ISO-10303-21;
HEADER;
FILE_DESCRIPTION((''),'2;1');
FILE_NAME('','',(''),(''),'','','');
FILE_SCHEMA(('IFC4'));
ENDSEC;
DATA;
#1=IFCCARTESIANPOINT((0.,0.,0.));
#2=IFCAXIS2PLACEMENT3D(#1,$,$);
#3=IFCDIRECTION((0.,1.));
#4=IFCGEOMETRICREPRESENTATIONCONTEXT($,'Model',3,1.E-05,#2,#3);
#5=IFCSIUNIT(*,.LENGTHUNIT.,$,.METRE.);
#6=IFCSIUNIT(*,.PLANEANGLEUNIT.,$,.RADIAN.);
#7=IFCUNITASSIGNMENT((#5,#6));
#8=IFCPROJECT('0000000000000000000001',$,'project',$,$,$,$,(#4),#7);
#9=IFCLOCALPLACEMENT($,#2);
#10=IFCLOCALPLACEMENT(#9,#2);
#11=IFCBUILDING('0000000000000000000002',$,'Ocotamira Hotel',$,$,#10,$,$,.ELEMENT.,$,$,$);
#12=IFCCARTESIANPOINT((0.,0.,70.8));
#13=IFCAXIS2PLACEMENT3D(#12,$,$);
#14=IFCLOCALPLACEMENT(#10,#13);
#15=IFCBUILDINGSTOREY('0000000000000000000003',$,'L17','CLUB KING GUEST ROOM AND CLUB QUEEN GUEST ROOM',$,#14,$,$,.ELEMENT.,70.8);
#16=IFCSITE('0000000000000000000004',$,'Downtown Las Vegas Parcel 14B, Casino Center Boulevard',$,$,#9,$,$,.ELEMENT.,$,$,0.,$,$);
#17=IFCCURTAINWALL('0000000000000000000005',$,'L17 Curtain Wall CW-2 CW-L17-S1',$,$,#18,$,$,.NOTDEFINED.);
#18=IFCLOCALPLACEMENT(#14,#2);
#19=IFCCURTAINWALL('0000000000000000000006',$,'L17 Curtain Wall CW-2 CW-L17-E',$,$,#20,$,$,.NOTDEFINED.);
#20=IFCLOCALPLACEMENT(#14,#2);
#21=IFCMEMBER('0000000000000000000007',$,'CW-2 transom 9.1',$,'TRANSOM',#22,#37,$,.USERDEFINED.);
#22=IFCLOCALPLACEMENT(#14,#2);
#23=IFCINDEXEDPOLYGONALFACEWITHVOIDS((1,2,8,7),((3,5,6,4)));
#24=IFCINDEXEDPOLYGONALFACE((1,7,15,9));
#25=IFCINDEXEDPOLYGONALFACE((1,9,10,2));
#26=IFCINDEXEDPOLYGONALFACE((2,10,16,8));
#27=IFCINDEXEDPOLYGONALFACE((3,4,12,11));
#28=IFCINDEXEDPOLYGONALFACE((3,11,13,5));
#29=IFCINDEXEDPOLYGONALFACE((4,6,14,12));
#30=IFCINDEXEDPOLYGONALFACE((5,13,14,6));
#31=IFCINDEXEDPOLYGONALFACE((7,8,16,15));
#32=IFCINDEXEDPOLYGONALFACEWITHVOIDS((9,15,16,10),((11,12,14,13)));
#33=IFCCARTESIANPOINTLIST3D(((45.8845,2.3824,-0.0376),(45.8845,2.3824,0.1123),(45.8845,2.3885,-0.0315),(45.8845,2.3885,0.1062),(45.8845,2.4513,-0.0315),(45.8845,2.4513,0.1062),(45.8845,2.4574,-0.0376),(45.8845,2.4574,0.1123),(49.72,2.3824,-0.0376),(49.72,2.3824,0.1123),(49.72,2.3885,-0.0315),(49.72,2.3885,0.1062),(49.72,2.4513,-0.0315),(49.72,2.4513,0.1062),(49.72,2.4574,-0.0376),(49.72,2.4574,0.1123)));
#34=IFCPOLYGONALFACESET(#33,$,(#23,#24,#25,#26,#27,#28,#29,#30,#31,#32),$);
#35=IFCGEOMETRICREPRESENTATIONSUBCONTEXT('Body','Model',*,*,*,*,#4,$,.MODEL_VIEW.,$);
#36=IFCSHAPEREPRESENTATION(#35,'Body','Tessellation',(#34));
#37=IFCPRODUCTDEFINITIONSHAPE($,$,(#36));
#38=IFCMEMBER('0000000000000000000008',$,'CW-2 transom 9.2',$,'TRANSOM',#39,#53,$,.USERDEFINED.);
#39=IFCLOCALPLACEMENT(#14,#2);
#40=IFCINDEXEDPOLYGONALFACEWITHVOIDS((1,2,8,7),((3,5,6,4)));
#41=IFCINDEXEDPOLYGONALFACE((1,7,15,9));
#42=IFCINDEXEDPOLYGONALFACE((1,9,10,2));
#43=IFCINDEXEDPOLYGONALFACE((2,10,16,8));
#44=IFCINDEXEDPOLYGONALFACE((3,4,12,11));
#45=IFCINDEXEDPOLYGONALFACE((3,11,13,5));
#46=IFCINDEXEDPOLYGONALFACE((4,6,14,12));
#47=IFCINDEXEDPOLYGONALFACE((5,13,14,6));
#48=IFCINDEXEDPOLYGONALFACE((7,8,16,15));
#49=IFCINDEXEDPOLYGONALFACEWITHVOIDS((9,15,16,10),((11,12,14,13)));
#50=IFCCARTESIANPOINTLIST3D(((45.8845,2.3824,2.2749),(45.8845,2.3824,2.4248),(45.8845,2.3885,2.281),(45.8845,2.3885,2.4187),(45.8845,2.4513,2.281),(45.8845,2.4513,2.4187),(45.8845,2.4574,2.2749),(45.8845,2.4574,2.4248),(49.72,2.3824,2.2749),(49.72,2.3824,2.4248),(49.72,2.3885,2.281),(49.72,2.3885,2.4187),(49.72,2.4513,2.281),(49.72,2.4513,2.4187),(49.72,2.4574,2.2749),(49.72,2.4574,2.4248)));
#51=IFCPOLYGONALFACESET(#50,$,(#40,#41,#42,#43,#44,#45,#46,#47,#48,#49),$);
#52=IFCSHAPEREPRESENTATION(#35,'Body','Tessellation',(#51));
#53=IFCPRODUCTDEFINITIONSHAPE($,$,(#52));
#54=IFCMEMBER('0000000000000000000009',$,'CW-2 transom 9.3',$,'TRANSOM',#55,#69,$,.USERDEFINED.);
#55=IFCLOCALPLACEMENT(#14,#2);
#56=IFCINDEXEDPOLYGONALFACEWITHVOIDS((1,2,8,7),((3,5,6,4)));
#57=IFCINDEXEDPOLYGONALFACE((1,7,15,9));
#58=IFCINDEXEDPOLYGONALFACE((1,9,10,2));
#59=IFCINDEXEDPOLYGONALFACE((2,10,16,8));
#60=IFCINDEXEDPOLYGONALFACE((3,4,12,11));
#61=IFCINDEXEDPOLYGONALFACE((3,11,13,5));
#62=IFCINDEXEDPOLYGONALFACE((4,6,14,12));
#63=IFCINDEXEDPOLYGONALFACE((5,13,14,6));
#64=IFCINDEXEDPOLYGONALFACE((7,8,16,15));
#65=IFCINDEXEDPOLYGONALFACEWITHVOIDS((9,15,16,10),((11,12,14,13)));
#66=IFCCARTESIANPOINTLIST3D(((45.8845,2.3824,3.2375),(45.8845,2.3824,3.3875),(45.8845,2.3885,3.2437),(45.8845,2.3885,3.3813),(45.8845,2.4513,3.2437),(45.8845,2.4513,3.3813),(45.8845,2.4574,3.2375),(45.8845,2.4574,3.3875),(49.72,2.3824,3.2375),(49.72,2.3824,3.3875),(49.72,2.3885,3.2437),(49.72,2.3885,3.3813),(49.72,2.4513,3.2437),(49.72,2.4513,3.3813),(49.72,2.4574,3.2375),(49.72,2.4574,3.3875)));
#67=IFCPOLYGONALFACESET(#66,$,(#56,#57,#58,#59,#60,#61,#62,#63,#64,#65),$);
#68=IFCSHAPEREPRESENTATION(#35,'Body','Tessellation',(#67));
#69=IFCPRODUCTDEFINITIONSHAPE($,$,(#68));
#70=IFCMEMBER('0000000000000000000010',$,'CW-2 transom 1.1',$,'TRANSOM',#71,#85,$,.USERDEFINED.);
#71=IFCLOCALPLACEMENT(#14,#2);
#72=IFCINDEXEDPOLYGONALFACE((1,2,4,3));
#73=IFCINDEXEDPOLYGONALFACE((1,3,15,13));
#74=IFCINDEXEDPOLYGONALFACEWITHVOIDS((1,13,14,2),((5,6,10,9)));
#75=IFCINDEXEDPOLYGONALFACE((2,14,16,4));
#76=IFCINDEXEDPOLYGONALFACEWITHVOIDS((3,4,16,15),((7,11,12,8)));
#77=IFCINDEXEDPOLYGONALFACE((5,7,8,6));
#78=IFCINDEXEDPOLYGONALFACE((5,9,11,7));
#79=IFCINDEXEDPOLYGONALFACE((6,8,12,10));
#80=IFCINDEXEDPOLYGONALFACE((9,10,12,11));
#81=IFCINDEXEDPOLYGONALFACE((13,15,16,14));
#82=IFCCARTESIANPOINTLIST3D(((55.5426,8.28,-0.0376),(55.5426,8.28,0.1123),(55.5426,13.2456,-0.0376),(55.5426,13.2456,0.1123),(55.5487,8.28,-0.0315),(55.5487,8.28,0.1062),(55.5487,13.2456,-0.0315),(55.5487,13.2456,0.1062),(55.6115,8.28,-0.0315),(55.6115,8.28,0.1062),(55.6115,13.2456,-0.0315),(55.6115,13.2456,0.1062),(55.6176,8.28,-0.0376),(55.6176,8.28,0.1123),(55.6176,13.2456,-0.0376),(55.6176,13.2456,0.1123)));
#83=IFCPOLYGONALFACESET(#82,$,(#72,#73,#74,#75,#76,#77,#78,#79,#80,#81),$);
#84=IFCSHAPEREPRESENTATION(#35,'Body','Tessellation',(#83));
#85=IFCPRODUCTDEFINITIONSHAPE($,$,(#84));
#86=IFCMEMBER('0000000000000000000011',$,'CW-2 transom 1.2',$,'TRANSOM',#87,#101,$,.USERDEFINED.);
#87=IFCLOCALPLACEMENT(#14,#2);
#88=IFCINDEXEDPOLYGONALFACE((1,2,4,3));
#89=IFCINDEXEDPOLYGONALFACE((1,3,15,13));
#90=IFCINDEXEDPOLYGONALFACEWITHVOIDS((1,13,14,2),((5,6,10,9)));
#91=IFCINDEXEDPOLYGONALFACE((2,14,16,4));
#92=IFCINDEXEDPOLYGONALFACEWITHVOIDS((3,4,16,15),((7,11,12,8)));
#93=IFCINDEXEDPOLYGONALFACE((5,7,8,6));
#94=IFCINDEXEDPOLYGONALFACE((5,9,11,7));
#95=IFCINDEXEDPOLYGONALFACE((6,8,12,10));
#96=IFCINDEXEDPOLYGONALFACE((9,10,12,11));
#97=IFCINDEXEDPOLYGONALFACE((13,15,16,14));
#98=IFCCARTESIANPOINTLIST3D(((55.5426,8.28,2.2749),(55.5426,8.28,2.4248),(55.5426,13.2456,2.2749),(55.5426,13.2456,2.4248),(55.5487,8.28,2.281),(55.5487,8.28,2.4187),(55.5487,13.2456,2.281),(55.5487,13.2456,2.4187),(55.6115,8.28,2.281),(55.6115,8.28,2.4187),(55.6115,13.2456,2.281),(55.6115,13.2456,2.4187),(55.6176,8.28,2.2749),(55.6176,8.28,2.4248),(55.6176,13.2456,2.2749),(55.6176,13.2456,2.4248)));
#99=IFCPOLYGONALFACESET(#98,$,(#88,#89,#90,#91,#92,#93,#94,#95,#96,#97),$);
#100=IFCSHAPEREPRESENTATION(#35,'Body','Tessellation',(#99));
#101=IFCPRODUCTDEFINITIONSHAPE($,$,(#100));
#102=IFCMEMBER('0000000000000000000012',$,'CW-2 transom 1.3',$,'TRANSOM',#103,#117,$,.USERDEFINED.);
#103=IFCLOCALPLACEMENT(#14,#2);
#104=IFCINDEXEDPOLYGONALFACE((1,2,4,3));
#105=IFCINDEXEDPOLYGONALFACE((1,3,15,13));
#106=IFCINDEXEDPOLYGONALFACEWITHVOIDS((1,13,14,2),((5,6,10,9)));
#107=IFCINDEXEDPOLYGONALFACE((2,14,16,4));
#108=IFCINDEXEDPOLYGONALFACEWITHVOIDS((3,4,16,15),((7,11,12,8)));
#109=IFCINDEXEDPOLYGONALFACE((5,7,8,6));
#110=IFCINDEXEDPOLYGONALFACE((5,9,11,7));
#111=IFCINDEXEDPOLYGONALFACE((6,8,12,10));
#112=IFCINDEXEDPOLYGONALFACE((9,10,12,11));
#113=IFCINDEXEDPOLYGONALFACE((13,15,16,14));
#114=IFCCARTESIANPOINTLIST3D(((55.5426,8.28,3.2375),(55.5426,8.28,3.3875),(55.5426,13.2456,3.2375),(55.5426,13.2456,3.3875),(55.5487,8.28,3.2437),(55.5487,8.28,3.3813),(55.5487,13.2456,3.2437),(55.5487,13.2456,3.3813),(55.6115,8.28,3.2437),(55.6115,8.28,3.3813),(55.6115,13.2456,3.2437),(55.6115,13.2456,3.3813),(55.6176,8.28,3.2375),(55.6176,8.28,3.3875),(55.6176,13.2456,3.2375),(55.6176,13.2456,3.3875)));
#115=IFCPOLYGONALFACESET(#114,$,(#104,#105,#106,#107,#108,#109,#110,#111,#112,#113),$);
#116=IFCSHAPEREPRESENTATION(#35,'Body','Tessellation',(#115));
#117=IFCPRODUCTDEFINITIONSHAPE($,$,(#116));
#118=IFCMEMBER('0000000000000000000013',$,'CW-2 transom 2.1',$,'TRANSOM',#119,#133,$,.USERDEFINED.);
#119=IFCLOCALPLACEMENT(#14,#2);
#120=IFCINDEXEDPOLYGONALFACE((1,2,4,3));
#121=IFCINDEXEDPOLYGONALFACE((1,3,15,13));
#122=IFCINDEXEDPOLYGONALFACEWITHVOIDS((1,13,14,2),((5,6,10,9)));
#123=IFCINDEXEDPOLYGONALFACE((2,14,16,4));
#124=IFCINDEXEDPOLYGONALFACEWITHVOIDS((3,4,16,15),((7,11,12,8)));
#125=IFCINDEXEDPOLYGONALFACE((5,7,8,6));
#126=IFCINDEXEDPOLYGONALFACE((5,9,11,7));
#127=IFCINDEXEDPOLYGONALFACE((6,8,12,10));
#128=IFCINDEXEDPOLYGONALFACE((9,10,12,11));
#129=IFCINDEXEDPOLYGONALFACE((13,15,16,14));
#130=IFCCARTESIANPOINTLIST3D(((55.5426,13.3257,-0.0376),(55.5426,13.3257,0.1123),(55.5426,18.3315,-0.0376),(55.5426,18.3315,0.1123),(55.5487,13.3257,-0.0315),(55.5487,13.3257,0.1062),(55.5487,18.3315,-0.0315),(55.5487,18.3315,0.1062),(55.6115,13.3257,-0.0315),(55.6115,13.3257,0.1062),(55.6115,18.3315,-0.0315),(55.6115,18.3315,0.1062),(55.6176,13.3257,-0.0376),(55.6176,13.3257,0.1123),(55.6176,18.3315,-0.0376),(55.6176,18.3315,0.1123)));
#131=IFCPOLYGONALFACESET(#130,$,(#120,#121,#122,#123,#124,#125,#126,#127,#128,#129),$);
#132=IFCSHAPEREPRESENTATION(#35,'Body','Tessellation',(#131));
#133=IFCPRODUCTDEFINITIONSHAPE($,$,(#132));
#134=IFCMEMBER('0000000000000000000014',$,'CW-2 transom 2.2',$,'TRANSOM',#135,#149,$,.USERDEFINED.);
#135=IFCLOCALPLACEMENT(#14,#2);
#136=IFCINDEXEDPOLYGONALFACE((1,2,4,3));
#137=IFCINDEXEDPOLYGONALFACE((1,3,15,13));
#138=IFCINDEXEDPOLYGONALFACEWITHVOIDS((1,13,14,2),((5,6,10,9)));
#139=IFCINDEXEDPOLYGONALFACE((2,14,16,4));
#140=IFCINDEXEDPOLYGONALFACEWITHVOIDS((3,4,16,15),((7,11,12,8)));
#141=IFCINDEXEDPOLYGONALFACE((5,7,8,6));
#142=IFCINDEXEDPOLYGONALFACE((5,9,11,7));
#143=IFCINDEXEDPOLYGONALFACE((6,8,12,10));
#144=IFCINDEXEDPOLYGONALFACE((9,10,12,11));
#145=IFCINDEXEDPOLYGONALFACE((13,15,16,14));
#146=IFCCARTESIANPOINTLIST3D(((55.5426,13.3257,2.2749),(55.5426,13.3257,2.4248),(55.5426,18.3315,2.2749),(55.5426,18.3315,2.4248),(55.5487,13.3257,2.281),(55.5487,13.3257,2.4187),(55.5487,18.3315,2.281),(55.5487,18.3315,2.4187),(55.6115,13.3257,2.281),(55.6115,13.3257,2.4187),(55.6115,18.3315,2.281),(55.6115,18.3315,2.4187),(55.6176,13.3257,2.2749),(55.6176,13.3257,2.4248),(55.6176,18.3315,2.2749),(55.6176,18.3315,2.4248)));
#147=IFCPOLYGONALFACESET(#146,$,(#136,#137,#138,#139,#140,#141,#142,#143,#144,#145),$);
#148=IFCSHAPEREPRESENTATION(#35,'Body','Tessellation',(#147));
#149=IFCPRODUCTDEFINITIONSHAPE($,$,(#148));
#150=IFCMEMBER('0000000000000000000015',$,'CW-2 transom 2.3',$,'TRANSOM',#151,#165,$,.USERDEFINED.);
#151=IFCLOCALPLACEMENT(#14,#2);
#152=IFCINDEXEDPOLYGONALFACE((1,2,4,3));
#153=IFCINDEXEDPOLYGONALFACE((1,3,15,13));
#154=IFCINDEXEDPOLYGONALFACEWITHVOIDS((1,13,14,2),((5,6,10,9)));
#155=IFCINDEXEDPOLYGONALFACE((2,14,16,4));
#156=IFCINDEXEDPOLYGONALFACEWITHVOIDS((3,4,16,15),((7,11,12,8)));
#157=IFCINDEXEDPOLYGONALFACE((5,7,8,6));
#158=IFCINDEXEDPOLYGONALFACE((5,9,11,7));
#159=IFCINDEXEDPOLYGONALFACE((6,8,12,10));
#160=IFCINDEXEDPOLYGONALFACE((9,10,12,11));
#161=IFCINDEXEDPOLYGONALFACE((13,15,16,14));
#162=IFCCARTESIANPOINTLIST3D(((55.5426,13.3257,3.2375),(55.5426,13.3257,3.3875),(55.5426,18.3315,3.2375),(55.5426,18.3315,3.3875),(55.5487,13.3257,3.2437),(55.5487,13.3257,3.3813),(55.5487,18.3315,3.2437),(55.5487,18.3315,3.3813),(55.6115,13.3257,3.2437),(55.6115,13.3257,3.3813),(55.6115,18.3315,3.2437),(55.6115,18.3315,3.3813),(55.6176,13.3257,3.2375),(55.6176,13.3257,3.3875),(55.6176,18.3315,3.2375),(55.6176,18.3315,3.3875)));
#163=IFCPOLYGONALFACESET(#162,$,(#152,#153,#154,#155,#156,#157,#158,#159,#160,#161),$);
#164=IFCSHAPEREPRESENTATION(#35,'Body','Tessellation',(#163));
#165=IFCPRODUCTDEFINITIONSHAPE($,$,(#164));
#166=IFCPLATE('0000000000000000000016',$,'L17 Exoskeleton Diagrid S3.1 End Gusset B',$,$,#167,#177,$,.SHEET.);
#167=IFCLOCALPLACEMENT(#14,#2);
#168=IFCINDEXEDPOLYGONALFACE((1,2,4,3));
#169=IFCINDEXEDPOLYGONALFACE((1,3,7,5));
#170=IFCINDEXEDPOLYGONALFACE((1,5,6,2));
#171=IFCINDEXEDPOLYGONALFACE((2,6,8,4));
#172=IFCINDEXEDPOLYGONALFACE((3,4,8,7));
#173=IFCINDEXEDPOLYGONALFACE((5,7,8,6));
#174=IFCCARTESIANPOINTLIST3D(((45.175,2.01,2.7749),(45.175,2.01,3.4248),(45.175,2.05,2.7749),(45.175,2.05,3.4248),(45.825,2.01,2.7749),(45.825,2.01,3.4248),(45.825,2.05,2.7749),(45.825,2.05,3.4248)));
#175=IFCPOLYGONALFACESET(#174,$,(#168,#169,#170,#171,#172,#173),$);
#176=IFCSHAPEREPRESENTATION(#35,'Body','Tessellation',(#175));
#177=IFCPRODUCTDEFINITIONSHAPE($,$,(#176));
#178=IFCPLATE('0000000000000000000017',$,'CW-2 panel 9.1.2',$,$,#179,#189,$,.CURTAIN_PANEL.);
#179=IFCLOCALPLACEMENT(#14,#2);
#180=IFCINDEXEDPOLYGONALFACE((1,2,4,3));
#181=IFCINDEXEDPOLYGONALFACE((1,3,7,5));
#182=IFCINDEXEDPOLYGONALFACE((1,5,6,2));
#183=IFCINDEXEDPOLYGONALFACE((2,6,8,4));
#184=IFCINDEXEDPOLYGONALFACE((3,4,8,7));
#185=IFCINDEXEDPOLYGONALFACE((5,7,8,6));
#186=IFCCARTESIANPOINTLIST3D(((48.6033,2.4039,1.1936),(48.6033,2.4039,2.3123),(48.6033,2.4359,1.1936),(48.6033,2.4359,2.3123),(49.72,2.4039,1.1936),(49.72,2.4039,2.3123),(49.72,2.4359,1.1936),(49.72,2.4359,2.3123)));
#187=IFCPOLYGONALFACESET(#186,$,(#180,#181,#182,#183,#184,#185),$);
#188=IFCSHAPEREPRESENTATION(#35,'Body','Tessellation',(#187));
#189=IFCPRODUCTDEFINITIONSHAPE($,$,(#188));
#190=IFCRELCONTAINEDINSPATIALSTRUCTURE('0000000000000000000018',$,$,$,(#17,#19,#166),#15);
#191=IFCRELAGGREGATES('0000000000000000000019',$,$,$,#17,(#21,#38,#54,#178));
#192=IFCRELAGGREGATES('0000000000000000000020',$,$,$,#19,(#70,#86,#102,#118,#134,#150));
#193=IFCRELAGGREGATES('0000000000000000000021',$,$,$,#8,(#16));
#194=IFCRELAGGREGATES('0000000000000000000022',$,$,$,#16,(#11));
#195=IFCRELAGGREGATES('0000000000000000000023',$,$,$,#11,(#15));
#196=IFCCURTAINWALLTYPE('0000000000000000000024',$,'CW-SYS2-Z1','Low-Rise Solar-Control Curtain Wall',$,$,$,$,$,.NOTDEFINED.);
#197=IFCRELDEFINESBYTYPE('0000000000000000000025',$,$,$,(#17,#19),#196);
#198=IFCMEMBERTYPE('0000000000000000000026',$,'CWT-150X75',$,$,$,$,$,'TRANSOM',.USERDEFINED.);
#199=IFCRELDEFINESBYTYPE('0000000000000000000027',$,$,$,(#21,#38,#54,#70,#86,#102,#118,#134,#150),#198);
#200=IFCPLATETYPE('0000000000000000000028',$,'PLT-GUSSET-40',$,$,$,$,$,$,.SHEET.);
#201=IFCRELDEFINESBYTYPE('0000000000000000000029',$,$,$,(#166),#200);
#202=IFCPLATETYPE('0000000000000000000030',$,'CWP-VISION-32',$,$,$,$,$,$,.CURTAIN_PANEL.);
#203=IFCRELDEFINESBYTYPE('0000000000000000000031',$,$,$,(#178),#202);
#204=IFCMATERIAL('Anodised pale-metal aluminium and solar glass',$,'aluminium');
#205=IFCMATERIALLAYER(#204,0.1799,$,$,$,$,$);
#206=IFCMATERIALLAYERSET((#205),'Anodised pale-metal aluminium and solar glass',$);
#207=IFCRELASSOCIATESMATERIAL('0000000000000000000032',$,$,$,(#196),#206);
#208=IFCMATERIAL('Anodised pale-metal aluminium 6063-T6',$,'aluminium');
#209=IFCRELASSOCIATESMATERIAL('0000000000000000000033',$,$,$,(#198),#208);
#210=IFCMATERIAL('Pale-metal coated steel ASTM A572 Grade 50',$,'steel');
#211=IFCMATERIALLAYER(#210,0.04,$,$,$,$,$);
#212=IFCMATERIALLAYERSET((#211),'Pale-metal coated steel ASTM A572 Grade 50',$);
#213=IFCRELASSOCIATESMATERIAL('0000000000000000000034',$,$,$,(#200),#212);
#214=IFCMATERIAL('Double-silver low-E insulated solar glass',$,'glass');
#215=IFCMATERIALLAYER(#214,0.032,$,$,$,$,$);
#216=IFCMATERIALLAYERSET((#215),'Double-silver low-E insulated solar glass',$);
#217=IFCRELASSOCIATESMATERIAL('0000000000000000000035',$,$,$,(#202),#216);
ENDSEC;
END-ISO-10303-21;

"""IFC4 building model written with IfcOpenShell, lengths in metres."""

from ifc_helpers import new_model, si_unit, direction, frame, origin, origin_2d, place, context, subcontext, project, spatial, rectangle, hollow_rectangle, extrude, source, transform, mapped, material, layer, layer_set, material_profile, profile_set, type_object, element, aggregate, save


model = new_model("IFC4")

# Units and contexts
model_context = context("Model", 3, precision=1e-05, world=origin(), true_north=direction((0.0, 1.0)))
body_context = subcontext(model_context, "Body", "Model", "MODEL_VIEW")
ifc_project = project(units=[si_unit("LENGTHUNIT", "METRE"), si_unit("PLANEANGLEUNIT", "RADIAN")], contexts=[model_context])

# Site, building, storey
site_placement = place(None, origin())
site = spatial("IfcSite", under=ifc_project, at=site_placement, Name="Downtown Las Vegas Parcel 14B, Casino Center Boulevard", CompositionType="ELEMENT", RefElevation=0.0)
building_placement = place(site_placement, origin())
building = spatial("IfcBuilding", under=site, at=building_placement, Name="Ocotamira Hotel", CompositionType="ELEMENT")
storey_placement = place(building_placement, frame((0.0, 0.0, 70.8)))
storey = spatial("IfcBuildingStorey", under=building, at=storey_placement, Name="L17", Description="CLUB KING GUEST ROOM AND CLUB QUEEN GUEST ROOM", CompositionType="ELEMENT", Elevation=70.8)

# Curtain walls
ifc_material_1 = material(Name="Anodised pale-metal aluminium and solar glass", Category="aluminium")
ifc_layer_1 = layer(ifc_material_1, 0.1799)
ifc_layer_set_1 = layer_set([ifc_layer_1], Name="Anodised pale-metal aluminium and solar glass")
curtain_wall_type = type_object("IfcCurtainWallType", Name="CW-SYS2-Z1", Description="Low-Rise Solar-Control Curtain Wall", PredefinedType="NOTDEFINED", material=ifc_layer_set_1)
curtain_wall_1_placement = place(storey_placement, origin())
curtain_wall_1 = element("IfcCurtainWall", 1, at=curtain_wall_1_placement, inside=storey, type_object=curtain_wall_type, Name="L17 Curtain Wall CW-2 CW-L17-S1", PredefinedType="NOTDEFINED")
ifc_material_2 = material(Name="Anodised pale-metal aluminium 6063-T6", Category="aluminium")
curtain_wall_2_placement = place(storey_placement, origin())
curtain_wall_2 = element("IfcCurtainWall", 2, at=curtain_wall_2_placement, inside=storey, type_object=curtain_wall_type, Name="L17 Curtain Wall CW-2 CW-L17-E", PredefinedType="NOTDEFINED")

# Members
ifc_material_profile_1 = material_profile(ifc_material_2, hollow_rectangle(XDim=0.075, YDim=0.1499, WallThickness=0.0061, at=origin_2d()), Name="HSS150X75X6")
ifc_profile_set_1 = profile_set([ifc_material_profile_1], Name="Anodised pale-metal aluminium 6063-T6")
member_type_1 = type_object("IfcMemberType", Name="CWT-150X75", ElementType="TRANSOM", PredefinedType="USERDEFINED", material=ifc_profile_set_1)
shared_shape_1 = source(origin(), body_context, "Body", "SweptSolid", [
    extrude(hollow_rectangle(XDim=0.075, YDim=0.1499, WallThickness=0.0061, at=origin_2d()), origin(), (0.0, 0.0, 1.0), 3.8354),
])
member_1_placement = place(storey_placement, frame((45.8845, 2.4199, 0.0374), z_axis=(1.0, 0.0, 0.0), x_axis=(0.0, 1.0, 0.0)))
member_1 = element("IfcMember", 3, at=member_1_placement, type_object=member_type_1, Name="CW-2 transom 9.1", ObjectType="TRANSOM", PredefinedType="USERDEFINED", context=body_context, shape_type="MappedRepresentation", body=[
    mapped(shared_shape_1, transform((0.0, 0.0, 0.0), scale=1.0)),
])
member_2_placement = place(storey_placement, frame((45.8845, 2.4199, 2.3499), z_axis=(1.0, 0.0, 0.0), x_axis=(0.0, 1.0, 0.0)))
member_2 = element("IfcMember", 4, at=member_2_placement, type_object=member_type_1, Name="CW-2 transom 9.2", ObjectType="TRANSOM", PredefinedType="USERDEFINED", context=body_context, shape_type="MappedRepresentation", body=[
    mapped(shared_shape_1, transform((0.0, 0.0, 0.0), scale=1.0)),
])
member_3_placement = place(storey_placement, frame((45.8845, 2.4199, 3.3125), z_axis=(1.0, 0.0, 0.0), x_axis=(0.0, 1.0, 0.0)))
member_3 = element("IfcMember", 5, at=member_3_placement, type_object=member_type_1, Name="CW-2 transom 9.3", ObjectType="TRANSOM", PredefinedType="USERDEFINED", context=body_context, shape_type="MappedRepresentation", body=[
    mapped(shared_shape_1, transform((0.0, 0.0, 0.0), scale=1.0)),
])
shared_shape_2 = source(origin(), body_context, "Body", "SweptSolid", [
    extrude(hollow_rectangle(XDim=0.075, YDim=0.1499, WallThickness=0.0061, at=origin_2d()), origin(), (0.0, 0.0, 1.0), 4.9656),
])
member_4_placement = place(storey_placement, frame((55.5801, 8.28, 0.0374), z_axis=(0.0, 1.0, 0.0), x_axis=(-1.0, 0.0, 0.0)))
member_4 = element("IfcMember", 6, at=member_4_placement, type_object=member_type_1, Name="CW-2 transom 1.1", ObjectType="TRANSOM", PredefinedType="USERDEFINED", context=body_context, shape_type="MappedRepresentation", body=[
    mapped(shared_shape_2, transform((0.0, 0.0, 0.0), scale=1.0)),
])
member_5_placement = place(storey_placement, frame((55.5801, 8.28, 2.3499), z_axis=(0.0, 1.0, 0.0), x_axis=(-1.0, 0.0, 0.0)))
member_5 = element("IfcMember", 7, at=member_5_placement, type_object=member_type_1, Name="CW-2 transom 1.2", ObjectType="TRANSOM", PredefinedType="USERDEFINED", context=body_context, shape_type="MappedRepresentation", body=[
    mapped(shared_shape_2, transform((0.0, 0.0, 0.0), scale=1.0)),
])
member_6_placement = place(storey_placement, frame((55.5801, 8.28, 3.3125), z_axis=(0.0, 1.0, 0.0), x_axis=(-1.0, 0.0, 0.0)))
member_6 = element("IfcMember", 8, at=member_6_placement, type_object=member_type_1, Name="CW-2 transom 1.3", ObjectType="TRANSOM", PredefinedType="USERDEFINED", context=body_context, shape_type="MappedRepresentation", body=[
    mapped(shared_shape_2, transform((0.0, 0.0, 0.0), scale=1.0)),
])
shared_shape_3 = source(origin(), body_context, "Body", "SweptSolid", [
    extrude(hollow_rectangle(XDim=0.075, YDim=0.1499, WallThickness=0.0061, at=origin_2d()), origin(), (0.0, 0.0, 1.0), 5.0059),
])
member_7_placement = place(storey_placement, frame((55.5801, 13.3257, 0.0374), z_axis=(0.0, 1.0, 0.0), x_axis=(-1.0, 0.0, 0.0)))
member_7 = element("IfcMember", 9, at=member_7_placement, type_object=member_type_1, Name="CW-2 transom 2.1", ObjectType="TRANSOM", PredefinedType="USERDEFINED", context=body_context, shape_type="MappedRepresentation", body=[
    mapped(shared_shape_3, transform((0.0, 0.0, 0.0), scale=1.0)),
])
member_8_placement = place(storey_placement, frame((55.5801, 13.3257, 2.3499), z_axis=(0.0, 1.0, 0.0), x_axis=(-1.0, 0.0, 0.0)))
member_8 = element("IfcMember", 10, at=member_8_placement, type_object=member_type_1, Name="CW-2 transom 2.2", ObjectType="TRANSOM", PredefinedType="USERDEFINED", context=body_context, shape_type="MappedRepresentation", body=[
    mapped(shared_shape_3, transform((0.0, 0.0, 0.0), scale=1.0)),
])
member_9_placement = place(storey_placement, frame((55.5801, 13.3257, 3.3125), z_axis=(0.0, 1.0, 0.0), x_axis=(-1.0, 0.0, 0.0)))
member_9 = element("IfcMember", 11, at=member_9_placement, type_object=member_type_1, Name="CW-2 transom 2.3", ObjectType="TRANSOM", PredefinedType="USERDEFINED", context=body_context, shape_type="MappedRepresentation", body=[
    mapped(shared_shape_3, transform((0.0, 0.0, 0.0), scale=1.0)),
])

# Plates
ifc_material_3 = material(Name="Pale-metal coated steel ASTM A572 Grade 50", Category="steel")
ifc_layer_2 = layer(ifc_material_3, 0.04)
ifc_layer_set_2 = layer_set([ifc_layer_2], Name="Pale-metal coated steel ASTM A572 Grade 50")
plate_type_1 = type_object("IfcPlateType", Name="PLT-GUSSET-40", PredefinedType="SHEET", material=ifc_layer_set_2)
shared_shape_4 = source(origin(), body_context, "Body", "SweptSolid", [
    extrude(rectangle(XDim=0.6499, YDim=0.04, at=origin_2d()), origin(), (0.0, 0.0, 1.0), 0.6499),
])
plate_1_placement = place(storey_placement, frame((45.5, 2.03, 2.7749), z_axis=(0.0, 0.0, 1.0), x_axis=(1.0, 0.0, 0.0)))
element("IfcPlate", 12, at=plate_1_placement, inside=storey, type_object=plate_type_1, Name="L17 Exoskeleton Diagrid S3.1 End Gusset B", PredefinedType="SHEET", context=body_context, shape_type="MappedRepresentation", body=[
    mapped(shared_shape_4, transform((0.0, 0.0, 0.0), scale=1.0)),
])
ifc_material_4 = material(Name="Double-silver low-E insulated solar glass", Category="glass")
ifc_layer_3 = layer(ifc_material_4, 0.032)
ifc_layer_set_3 = layer_set([ifc_layer_3], Name="Double-silver low-E insulated solar glass")
plate_type_2 = type_object("IfcPlateType", Name="CWP-VISION-32", PredefinedType="CURTAIN_PANEL", material=ifc_layer_set_3)
shared_shape_5 = source(origin(), body_context, "Body", "SweptSolid", [
    extrude(rectangle(XDim=1.1167, YDim=0.032, at=origin_2d()), origin(), (0.0, 0.0, 1.0), 1.1187),
])
plate_2_placement = place(storey_placement, frame((49.1616, 2.4199, 1.1936), z_axis=(0.0, 0.0, 1.0), x_axis=(1.0, 0.0, 0.0)))
plate_2 = element("IfcPlate", 13, at=plate_2_placement, type_object=plate_type_2, Name="CW-2 panel 9.1.2", PredefinedType="CURTAIN_PANEL", context=body_context, shape_type="MappedRepresentation", body=[
    mapped(shared_shape_5, transform((0.0, 0.0, 0.0), scale=1.0)),
])
aggregate(curtain_wall_1, [member_1, member_2, member_3, plate_2])
aggregate(curtain_wall_2, [member_4, member_5, member_6, member_7, member_8, member_9])

save(model, "model.ifc")
